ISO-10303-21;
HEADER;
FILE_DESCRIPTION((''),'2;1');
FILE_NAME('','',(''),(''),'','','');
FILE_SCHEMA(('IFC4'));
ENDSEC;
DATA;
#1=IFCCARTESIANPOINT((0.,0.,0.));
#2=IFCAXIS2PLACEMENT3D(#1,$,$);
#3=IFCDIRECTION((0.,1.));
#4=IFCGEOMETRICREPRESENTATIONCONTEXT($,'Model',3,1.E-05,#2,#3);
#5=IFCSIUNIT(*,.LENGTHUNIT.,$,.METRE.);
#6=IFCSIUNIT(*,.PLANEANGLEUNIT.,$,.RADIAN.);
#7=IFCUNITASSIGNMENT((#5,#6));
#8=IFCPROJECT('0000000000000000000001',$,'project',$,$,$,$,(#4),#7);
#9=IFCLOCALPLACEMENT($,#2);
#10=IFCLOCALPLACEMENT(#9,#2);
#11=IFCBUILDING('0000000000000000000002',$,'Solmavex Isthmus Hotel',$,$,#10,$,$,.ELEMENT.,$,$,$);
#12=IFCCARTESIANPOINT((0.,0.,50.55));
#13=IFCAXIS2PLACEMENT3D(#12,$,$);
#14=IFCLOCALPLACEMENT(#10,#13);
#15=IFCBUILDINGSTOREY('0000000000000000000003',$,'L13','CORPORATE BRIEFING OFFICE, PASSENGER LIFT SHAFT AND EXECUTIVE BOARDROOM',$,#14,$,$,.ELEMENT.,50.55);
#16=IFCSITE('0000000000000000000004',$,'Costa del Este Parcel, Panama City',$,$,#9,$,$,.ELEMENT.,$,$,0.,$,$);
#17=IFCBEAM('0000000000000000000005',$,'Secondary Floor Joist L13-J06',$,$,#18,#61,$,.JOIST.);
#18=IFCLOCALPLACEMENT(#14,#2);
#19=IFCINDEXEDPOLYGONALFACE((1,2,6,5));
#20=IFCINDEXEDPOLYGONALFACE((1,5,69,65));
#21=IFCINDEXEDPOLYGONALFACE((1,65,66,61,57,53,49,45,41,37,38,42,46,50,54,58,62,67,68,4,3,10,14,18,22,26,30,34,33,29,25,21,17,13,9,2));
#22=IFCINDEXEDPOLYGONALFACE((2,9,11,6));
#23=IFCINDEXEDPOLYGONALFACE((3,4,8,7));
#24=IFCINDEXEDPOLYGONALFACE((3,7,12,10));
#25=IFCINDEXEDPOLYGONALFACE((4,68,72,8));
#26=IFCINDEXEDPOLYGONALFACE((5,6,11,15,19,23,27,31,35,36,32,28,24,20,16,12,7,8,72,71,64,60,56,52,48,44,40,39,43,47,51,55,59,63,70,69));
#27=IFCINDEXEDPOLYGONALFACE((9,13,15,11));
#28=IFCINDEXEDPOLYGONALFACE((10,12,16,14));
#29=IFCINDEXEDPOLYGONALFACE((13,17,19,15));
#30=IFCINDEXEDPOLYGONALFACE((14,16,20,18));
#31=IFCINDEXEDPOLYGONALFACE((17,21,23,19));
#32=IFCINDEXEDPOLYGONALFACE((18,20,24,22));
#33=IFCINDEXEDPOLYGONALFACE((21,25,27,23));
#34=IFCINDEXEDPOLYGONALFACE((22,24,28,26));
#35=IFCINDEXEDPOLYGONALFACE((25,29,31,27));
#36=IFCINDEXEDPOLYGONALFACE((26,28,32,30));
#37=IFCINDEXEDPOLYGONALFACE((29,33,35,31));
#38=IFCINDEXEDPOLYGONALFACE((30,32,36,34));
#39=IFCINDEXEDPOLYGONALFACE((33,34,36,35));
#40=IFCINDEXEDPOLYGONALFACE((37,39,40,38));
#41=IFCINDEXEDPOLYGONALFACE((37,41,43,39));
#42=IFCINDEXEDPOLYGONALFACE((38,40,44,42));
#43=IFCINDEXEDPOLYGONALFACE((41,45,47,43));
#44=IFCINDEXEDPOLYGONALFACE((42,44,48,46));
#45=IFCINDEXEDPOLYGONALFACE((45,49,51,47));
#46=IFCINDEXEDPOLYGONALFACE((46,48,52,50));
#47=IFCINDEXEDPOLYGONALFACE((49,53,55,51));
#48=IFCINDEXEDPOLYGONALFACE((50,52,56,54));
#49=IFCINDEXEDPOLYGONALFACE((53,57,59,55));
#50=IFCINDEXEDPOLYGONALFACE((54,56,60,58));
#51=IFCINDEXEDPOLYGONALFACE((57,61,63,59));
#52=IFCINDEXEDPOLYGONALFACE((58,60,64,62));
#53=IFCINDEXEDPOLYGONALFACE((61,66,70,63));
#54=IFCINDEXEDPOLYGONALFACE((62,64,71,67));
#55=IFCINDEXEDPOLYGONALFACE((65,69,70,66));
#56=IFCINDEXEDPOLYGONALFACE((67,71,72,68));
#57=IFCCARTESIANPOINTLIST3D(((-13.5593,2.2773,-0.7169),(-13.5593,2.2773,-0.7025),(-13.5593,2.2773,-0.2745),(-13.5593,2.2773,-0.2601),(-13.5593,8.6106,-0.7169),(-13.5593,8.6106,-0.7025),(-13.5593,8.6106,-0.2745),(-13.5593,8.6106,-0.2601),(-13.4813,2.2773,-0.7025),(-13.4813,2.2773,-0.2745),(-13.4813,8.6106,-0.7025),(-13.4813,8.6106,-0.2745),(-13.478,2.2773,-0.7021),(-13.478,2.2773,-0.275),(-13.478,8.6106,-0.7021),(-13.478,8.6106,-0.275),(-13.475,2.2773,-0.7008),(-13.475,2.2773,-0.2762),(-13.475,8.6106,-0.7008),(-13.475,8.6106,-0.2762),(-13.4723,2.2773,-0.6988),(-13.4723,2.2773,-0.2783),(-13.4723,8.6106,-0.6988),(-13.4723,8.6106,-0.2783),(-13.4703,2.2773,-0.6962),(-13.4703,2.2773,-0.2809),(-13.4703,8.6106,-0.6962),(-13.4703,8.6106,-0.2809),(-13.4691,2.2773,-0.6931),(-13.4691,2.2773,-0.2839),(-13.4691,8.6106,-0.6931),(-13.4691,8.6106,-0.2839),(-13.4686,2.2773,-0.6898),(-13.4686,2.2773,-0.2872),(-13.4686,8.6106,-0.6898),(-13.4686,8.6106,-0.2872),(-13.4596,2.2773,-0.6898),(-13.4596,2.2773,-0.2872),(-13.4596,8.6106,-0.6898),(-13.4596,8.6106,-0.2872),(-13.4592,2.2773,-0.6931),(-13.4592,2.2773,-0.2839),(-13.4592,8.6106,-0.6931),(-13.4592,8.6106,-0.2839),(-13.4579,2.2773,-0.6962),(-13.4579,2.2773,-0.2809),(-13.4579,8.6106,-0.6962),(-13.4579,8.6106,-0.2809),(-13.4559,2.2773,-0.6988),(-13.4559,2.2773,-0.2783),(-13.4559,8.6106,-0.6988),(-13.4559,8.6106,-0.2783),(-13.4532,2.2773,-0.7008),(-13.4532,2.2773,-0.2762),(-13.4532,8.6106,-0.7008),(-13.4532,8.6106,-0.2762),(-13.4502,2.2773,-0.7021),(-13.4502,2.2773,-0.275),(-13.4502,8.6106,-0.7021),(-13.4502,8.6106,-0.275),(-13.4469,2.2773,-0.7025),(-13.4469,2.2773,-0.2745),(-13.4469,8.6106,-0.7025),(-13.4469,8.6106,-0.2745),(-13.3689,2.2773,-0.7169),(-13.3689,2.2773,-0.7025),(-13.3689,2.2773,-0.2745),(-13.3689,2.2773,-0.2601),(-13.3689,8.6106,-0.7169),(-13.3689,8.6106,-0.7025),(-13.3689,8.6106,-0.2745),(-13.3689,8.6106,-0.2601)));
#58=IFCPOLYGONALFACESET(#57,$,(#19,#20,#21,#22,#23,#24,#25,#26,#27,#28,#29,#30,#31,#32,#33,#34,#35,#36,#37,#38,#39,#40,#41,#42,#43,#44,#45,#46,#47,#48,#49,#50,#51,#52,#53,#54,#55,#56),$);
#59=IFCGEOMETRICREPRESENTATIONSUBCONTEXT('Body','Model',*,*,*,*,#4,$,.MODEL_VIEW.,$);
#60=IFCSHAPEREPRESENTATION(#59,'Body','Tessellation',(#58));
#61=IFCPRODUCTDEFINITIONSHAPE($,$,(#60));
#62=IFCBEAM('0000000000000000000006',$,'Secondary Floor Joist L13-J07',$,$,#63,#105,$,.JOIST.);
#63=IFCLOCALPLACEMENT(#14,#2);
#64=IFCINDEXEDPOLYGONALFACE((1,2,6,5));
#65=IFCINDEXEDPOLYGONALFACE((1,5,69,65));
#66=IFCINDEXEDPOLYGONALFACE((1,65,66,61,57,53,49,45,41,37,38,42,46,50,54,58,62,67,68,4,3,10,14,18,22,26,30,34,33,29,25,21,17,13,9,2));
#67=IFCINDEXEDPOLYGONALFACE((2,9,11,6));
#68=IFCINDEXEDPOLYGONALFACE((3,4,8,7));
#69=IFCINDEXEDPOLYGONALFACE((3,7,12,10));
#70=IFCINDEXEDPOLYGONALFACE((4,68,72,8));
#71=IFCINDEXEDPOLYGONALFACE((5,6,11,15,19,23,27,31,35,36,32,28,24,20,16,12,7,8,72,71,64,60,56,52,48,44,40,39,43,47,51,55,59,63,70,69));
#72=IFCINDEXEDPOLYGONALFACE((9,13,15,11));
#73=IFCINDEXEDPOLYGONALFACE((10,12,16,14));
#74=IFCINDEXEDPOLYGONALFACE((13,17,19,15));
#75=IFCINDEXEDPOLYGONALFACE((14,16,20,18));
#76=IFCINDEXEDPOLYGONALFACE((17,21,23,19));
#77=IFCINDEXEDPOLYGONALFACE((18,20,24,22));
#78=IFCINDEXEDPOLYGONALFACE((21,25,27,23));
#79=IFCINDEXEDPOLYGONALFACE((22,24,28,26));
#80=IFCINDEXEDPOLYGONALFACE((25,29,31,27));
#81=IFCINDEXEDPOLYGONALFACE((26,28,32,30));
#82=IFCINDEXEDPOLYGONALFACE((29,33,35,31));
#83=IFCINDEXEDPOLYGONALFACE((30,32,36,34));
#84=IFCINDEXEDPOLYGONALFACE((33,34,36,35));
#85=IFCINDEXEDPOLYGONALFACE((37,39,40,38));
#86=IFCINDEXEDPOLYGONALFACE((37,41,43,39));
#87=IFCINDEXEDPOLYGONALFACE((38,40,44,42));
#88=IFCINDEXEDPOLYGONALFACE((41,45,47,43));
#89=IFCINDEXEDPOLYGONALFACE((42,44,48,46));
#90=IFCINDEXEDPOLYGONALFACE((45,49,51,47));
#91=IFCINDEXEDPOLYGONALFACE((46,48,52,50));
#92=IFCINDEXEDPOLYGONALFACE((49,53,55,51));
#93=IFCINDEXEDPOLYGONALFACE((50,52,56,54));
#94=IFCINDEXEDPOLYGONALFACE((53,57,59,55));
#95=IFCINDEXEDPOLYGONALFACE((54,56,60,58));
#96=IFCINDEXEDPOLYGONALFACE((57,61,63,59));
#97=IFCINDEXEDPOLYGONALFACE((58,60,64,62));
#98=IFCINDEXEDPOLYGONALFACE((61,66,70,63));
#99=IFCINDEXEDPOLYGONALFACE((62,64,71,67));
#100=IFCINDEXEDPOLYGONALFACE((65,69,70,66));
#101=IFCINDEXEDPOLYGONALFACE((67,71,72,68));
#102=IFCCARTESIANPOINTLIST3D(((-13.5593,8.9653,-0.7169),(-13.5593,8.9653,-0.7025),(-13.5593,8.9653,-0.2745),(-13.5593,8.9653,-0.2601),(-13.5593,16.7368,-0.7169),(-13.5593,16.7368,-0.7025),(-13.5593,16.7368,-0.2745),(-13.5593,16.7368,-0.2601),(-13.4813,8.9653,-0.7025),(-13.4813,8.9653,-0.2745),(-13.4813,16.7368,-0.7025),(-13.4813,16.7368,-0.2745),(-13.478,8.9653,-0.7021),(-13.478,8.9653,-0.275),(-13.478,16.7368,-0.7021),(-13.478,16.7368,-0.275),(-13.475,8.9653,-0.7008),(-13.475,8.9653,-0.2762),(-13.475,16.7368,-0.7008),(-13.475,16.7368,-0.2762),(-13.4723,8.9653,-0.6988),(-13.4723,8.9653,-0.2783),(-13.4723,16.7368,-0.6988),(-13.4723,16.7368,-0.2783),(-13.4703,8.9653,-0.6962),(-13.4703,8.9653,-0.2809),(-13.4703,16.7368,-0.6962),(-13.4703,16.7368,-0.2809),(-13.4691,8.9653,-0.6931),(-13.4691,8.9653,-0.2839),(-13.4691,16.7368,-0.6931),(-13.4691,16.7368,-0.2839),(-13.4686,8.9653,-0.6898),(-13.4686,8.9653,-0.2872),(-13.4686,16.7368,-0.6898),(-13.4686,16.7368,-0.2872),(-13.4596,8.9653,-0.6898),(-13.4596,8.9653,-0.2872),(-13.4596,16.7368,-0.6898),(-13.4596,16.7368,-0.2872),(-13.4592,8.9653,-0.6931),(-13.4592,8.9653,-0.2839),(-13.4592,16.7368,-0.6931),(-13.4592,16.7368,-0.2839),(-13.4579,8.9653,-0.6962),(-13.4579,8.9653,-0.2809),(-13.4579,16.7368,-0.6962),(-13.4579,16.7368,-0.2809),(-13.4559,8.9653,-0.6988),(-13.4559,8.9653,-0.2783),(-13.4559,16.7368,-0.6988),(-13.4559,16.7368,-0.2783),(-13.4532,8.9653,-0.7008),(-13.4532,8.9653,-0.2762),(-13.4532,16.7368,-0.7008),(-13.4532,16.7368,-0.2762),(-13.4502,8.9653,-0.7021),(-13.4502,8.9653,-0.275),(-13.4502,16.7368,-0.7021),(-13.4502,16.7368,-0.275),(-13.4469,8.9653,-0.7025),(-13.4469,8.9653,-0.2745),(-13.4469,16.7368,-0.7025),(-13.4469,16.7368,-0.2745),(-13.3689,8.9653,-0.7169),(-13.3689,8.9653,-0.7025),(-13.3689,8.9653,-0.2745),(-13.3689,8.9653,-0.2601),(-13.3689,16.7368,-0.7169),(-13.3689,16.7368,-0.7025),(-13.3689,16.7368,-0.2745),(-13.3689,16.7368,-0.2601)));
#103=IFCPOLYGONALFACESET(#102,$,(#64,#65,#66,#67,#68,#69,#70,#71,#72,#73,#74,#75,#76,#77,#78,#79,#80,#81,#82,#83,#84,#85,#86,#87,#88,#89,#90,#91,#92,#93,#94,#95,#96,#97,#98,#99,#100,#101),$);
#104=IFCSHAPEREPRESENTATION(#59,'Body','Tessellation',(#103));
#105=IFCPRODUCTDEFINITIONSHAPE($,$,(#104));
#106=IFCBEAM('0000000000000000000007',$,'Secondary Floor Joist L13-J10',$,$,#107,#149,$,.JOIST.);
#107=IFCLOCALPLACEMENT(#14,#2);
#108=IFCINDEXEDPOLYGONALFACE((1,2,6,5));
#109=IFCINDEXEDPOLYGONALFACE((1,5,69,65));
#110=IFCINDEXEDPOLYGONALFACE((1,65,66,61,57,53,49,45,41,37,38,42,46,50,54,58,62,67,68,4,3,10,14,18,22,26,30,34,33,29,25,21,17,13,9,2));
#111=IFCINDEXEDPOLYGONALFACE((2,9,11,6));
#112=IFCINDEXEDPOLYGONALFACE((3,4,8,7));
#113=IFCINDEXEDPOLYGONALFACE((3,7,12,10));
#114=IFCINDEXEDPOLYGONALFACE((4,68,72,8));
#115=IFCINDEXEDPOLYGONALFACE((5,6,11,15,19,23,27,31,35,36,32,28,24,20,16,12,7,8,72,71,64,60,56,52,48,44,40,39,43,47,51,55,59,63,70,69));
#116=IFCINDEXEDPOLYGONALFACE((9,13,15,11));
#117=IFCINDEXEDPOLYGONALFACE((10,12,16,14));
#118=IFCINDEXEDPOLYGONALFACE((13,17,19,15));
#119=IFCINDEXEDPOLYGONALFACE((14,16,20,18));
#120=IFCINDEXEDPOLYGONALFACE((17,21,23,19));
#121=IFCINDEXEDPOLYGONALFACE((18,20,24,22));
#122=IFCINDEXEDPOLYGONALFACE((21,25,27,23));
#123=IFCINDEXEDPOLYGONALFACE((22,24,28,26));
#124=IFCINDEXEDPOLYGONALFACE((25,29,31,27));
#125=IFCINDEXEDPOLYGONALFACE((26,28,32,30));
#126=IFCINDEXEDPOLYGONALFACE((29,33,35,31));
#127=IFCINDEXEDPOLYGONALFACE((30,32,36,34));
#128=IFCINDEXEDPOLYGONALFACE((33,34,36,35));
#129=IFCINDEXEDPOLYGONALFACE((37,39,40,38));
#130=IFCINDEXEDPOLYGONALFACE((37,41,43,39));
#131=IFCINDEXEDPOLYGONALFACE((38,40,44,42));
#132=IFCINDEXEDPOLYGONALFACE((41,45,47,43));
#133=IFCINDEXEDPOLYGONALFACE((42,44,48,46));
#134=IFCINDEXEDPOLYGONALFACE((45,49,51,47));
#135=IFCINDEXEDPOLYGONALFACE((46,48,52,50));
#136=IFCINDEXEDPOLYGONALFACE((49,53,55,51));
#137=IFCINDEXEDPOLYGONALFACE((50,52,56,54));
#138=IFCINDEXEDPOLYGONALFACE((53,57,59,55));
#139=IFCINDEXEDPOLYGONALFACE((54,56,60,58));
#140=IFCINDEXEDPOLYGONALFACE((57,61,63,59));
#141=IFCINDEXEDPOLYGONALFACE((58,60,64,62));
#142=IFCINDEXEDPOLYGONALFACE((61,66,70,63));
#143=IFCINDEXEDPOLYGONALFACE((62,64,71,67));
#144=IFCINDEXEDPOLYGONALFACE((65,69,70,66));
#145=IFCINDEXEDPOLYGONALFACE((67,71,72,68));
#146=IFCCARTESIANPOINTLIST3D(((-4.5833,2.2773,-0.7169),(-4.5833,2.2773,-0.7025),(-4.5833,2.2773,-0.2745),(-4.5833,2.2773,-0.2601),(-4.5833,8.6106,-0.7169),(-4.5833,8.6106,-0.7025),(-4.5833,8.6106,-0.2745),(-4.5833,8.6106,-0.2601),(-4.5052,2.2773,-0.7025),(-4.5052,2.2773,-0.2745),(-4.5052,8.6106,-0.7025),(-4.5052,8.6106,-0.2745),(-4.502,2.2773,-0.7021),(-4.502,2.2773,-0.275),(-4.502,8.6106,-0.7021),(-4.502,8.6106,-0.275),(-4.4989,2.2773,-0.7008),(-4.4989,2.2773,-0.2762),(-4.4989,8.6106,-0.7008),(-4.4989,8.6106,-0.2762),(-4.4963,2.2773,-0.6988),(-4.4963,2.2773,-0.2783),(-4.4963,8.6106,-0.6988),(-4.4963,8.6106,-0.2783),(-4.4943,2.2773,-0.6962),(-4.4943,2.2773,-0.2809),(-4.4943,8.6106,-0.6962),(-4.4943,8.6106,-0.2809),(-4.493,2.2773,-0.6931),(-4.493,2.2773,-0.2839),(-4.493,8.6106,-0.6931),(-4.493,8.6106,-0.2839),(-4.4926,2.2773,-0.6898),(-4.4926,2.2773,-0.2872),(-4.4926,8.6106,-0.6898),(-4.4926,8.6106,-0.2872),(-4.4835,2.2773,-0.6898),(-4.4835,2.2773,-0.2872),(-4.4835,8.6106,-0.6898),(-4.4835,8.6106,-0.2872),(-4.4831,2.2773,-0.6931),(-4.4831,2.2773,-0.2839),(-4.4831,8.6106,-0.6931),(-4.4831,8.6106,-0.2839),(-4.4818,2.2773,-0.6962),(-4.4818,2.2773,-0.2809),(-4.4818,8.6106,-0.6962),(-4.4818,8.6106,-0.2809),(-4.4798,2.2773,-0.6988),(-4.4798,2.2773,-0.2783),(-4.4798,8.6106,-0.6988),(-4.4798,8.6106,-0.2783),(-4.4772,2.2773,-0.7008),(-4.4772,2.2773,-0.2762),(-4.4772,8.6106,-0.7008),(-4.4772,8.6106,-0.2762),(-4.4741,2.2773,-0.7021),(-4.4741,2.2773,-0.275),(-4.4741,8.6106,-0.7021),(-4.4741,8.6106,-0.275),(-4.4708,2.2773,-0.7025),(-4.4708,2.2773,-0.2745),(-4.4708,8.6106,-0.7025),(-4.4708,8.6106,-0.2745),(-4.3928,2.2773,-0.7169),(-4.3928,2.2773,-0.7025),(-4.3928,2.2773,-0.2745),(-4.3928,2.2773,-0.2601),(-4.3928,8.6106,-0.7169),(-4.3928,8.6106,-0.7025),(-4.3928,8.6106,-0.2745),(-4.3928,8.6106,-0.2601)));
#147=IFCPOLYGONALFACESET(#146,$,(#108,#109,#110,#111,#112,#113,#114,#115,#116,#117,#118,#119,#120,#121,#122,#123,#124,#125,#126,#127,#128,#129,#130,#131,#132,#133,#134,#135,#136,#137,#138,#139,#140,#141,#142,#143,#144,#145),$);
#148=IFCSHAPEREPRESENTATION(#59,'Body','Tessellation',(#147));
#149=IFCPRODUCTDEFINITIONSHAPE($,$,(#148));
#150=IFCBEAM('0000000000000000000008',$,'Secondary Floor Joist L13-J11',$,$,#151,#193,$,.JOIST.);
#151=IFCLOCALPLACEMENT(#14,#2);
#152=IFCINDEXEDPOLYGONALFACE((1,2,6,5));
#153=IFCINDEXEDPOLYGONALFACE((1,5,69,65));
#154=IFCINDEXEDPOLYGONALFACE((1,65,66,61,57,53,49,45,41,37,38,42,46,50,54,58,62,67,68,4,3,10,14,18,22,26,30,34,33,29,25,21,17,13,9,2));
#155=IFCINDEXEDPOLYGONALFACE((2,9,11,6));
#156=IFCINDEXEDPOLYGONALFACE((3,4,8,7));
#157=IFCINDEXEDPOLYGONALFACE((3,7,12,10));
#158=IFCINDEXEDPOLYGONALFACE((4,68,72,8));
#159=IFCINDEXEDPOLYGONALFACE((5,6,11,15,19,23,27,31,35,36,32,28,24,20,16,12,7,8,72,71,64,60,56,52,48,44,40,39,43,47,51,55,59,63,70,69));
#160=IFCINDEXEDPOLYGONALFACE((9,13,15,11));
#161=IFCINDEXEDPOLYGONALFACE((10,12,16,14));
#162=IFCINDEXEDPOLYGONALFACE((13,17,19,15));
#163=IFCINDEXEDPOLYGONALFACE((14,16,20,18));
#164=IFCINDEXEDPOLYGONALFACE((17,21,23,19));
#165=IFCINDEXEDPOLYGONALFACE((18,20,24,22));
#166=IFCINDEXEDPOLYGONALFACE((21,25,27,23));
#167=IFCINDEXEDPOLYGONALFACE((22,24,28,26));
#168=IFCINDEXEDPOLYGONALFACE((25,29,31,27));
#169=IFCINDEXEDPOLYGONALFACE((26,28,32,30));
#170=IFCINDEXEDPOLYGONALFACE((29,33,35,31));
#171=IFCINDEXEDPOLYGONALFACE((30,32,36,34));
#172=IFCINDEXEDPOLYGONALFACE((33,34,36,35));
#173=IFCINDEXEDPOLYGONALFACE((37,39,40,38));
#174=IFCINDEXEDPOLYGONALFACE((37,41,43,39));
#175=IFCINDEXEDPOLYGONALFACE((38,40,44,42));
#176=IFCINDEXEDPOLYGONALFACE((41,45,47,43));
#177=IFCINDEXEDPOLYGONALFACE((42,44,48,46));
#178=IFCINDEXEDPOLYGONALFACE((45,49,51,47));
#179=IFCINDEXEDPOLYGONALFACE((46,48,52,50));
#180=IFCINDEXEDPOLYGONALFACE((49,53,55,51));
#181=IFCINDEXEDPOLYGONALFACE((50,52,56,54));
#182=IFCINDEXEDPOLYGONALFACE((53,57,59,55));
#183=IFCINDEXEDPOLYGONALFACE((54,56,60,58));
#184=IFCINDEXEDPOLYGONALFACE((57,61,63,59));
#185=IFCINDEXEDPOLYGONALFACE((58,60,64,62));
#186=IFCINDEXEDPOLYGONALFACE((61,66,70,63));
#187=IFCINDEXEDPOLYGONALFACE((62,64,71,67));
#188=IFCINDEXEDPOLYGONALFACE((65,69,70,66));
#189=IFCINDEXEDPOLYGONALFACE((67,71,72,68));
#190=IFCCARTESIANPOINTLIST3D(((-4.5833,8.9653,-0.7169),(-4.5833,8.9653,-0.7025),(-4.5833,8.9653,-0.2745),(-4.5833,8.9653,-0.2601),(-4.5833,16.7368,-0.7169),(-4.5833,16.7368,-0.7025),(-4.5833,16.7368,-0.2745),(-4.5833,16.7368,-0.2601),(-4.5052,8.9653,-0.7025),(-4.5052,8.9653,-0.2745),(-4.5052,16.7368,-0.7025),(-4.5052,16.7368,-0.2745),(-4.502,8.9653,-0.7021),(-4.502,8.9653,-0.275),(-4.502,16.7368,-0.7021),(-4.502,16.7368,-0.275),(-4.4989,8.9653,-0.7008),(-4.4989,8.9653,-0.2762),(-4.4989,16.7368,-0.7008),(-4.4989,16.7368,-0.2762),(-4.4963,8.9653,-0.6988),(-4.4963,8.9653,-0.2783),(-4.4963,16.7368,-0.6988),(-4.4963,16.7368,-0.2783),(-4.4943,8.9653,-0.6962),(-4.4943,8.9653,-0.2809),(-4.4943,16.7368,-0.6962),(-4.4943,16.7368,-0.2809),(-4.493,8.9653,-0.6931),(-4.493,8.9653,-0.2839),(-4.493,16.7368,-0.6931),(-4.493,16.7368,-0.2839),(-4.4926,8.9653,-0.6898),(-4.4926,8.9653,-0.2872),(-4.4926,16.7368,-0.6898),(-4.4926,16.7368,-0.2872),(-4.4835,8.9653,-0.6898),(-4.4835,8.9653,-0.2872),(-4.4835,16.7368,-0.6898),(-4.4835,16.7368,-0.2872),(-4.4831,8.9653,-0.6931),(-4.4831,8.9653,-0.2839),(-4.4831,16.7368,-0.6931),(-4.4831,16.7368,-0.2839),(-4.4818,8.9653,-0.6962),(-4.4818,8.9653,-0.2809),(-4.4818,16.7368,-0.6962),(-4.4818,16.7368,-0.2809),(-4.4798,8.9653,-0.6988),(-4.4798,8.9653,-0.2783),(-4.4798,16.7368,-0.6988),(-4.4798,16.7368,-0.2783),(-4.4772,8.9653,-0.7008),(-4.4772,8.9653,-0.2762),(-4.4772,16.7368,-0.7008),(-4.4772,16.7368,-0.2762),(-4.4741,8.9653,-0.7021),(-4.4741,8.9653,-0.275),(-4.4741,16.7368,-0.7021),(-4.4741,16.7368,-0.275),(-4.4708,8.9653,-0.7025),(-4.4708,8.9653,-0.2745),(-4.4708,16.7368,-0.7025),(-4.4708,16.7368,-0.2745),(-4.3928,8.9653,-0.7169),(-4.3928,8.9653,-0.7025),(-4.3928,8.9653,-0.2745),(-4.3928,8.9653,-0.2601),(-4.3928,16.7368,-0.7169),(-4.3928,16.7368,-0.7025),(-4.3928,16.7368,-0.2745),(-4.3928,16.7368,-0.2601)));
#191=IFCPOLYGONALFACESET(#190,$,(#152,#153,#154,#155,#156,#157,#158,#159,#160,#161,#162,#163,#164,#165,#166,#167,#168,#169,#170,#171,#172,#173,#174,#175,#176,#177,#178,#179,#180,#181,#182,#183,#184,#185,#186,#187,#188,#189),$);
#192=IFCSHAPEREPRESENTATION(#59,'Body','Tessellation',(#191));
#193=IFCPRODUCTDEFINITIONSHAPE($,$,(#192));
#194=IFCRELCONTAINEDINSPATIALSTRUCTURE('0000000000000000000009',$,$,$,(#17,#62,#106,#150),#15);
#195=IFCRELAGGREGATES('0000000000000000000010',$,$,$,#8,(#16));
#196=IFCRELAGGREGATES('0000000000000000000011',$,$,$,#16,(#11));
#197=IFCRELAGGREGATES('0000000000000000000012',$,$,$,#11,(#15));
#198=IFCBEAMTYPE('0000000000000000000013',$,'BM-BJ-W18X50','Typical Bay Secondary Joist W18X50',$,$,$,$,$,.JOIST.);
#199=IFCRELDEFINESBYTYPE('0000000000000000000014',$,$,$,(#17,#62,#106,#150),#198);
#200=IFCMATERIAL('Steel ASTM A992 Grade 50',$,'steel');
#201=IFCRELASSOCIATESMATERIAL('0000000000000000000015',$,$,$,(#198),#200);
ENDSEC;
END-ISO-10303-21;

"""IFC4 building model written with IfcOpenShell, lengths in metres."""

from ifc_helpers import new_model, si_unit, direction, frame, origin, origin_2d, place, context, subcontext, project, spatial, i_section, extrude, material, material_profile, profile_set, type_object, element, save


model = new_model("IFC4")

# Units and contexts
model_context = context("Model", 3, precision=1e-05, world=origin(), true_north=direction((0.0, 1.0)))
body_context = subcontext(model_context, "Body", "Model", "MODEL_VIEW")
ifc_project = project(units=[si_unit("LENGTHUNIT", "METRE"), si_unit("PLANEANGLEUNIT", "RADIAN")], contexts=[model_context])

# Site, building, storey
site_placement = place(None, origin())
site = spatial("IfcSite", under=ifc_project, at=site_placement, Name="Costa del Este Parcel, Panama City", CompositionType="ELEMENT", RefElevation=0.0)
building_placement = place(site_placement, origin())
building = spatial("IfcBuilding", under=site, at=building_placement, Name="Solmavex Isthmus Hotel", CompositionType="ELEMENT")
storey_placement = place(building_placement, frame((0.0, 0.0, 50.55)))
storey = spatial("IfcBuildingStorey", under=building, at=storey_placement, Name="L13", Description="CORPORATE BRIEFING OFFICE, PASSENGER LIFT SHAFT AND EXECUTIVE BOARDROOM", CompositionType="ELEMENT", Elevation=50.55)

# Beams
ifc_material_1 = material(Name="Steel ASTM A992 Grade 50", Category="steel")
ifc_material_profile_1 = material_profile(ifc_material_1, i_section(OverallWidth=0.1904, OverallDepth=0.4568, WebThickness=0.009, FlangeThickness=0.0144, FilletRadius=0.0127, at=origin_2d()), Name="W18X50")
ifc_profile_set_1 = profile_set([ifc_material_profile_1], Name="Steel ASTM A992 Grade 50")
beam_type_1 = type_object("IfcBeamType", Name="BM-BJ-W18X50", Description="Typical Bay Secondary Joist W18X50", PredefinedType="JOIST", material=ifc_profile_set_1)
beam_1_placement = place(storey_placement, frame((-13.4641, 2.2773, -0.4885), z_axis=(0.0, 1.0, 0.0), x_axis=(-1.0, 0.0, 0.0)))
element("IfcBeam", 1, at=beam_1_placement, inside=storey, type_object=beam_type_1, Name="Secondary Floor Joist L13-J06", PredefinedType="JOIST", context=body_context, shape_type="SweptSolid", body=[
    extrude(i_section(OverallWidth=0.1904, OverallDepth=0.4568, WebThickness=0.009, FlangeThickness=0.0144, FilletRadius=0.0127, at=origin_2d()), origin(), (0.0, 0.0, 1.0), 6.3333),
])
beam_2_placement = place(storey_placement, frame((-13.4641, 8.9653, -0.4885), z_axis=(0.0, 1.0, 0.0), x_axis=(-1.0, 0.0, 0.0)))
element("IfcBeam", 2, at=beam_2_placement, inside=storey, type_object=beam_type_1, Name="Secondary Floor Joist L13-J07", PredefinedType="JOIST", context=body_context, shape_type="SweptSolid", body=[
    extrude(i_section(OverallWidth=0.1904, OverallDepth=0.4568, WebThickness=0.009, FlangeThickness=0.0144, FilletRadius=0.0127, at=origin_2d()), origin(), (0.0, 0.0, 1.0), 7.7715),
])
beam_3_placement = place(storey_placement, frame((-4.488, 2.2773, -0.4885), z_axis=(0.0, 1.0, 0.0), x_axis=(-1.0, 0.0, 0.0)))
element("IfcBeam", 3, at=beam_3_placement, inside=storey, type_object=beam_type_1, Name="Secondary Floor Joist L13-J10", PredefinedType="JOIST", context=body_context, shape_type="SweptSolid", body=[
    extrude(i_section(OverallWidth=0.1904, OverallDepth=0.4568, WebThickness=0.009, FlangeThickness=0.0144, FilletRadius=0.0127, at=origin_2d()), origin(), (0.0, 0.0, 1.0), 6.3333),
])
beam_4_placement = place(storey_placement, frame((-4.488, 8.9653, -0.4885), z_axis=(0.0, 1.0, 0.0), x_axis=(-1.0, 0.0, 0.0)))
element("IfcBeam", 4, at=beam_4_placement, inside=storey, type_object=beam_type_1, Name="Secondary Floor Joist L13-J11", PredefinedType="JOIST", context=body_context, shape_type="SweptSolid", body=[
    extrude(i_section(OverallWidth=0.1904, OverallDepth=0.4568, WebThickness=0.009, FlangeThickness=0.0144, FilletRadius=0.0127, at=origin_2d()), origin(), (0.0, 0.0, 1.0), 7.7715),
])

save(model, "model.ifc")
